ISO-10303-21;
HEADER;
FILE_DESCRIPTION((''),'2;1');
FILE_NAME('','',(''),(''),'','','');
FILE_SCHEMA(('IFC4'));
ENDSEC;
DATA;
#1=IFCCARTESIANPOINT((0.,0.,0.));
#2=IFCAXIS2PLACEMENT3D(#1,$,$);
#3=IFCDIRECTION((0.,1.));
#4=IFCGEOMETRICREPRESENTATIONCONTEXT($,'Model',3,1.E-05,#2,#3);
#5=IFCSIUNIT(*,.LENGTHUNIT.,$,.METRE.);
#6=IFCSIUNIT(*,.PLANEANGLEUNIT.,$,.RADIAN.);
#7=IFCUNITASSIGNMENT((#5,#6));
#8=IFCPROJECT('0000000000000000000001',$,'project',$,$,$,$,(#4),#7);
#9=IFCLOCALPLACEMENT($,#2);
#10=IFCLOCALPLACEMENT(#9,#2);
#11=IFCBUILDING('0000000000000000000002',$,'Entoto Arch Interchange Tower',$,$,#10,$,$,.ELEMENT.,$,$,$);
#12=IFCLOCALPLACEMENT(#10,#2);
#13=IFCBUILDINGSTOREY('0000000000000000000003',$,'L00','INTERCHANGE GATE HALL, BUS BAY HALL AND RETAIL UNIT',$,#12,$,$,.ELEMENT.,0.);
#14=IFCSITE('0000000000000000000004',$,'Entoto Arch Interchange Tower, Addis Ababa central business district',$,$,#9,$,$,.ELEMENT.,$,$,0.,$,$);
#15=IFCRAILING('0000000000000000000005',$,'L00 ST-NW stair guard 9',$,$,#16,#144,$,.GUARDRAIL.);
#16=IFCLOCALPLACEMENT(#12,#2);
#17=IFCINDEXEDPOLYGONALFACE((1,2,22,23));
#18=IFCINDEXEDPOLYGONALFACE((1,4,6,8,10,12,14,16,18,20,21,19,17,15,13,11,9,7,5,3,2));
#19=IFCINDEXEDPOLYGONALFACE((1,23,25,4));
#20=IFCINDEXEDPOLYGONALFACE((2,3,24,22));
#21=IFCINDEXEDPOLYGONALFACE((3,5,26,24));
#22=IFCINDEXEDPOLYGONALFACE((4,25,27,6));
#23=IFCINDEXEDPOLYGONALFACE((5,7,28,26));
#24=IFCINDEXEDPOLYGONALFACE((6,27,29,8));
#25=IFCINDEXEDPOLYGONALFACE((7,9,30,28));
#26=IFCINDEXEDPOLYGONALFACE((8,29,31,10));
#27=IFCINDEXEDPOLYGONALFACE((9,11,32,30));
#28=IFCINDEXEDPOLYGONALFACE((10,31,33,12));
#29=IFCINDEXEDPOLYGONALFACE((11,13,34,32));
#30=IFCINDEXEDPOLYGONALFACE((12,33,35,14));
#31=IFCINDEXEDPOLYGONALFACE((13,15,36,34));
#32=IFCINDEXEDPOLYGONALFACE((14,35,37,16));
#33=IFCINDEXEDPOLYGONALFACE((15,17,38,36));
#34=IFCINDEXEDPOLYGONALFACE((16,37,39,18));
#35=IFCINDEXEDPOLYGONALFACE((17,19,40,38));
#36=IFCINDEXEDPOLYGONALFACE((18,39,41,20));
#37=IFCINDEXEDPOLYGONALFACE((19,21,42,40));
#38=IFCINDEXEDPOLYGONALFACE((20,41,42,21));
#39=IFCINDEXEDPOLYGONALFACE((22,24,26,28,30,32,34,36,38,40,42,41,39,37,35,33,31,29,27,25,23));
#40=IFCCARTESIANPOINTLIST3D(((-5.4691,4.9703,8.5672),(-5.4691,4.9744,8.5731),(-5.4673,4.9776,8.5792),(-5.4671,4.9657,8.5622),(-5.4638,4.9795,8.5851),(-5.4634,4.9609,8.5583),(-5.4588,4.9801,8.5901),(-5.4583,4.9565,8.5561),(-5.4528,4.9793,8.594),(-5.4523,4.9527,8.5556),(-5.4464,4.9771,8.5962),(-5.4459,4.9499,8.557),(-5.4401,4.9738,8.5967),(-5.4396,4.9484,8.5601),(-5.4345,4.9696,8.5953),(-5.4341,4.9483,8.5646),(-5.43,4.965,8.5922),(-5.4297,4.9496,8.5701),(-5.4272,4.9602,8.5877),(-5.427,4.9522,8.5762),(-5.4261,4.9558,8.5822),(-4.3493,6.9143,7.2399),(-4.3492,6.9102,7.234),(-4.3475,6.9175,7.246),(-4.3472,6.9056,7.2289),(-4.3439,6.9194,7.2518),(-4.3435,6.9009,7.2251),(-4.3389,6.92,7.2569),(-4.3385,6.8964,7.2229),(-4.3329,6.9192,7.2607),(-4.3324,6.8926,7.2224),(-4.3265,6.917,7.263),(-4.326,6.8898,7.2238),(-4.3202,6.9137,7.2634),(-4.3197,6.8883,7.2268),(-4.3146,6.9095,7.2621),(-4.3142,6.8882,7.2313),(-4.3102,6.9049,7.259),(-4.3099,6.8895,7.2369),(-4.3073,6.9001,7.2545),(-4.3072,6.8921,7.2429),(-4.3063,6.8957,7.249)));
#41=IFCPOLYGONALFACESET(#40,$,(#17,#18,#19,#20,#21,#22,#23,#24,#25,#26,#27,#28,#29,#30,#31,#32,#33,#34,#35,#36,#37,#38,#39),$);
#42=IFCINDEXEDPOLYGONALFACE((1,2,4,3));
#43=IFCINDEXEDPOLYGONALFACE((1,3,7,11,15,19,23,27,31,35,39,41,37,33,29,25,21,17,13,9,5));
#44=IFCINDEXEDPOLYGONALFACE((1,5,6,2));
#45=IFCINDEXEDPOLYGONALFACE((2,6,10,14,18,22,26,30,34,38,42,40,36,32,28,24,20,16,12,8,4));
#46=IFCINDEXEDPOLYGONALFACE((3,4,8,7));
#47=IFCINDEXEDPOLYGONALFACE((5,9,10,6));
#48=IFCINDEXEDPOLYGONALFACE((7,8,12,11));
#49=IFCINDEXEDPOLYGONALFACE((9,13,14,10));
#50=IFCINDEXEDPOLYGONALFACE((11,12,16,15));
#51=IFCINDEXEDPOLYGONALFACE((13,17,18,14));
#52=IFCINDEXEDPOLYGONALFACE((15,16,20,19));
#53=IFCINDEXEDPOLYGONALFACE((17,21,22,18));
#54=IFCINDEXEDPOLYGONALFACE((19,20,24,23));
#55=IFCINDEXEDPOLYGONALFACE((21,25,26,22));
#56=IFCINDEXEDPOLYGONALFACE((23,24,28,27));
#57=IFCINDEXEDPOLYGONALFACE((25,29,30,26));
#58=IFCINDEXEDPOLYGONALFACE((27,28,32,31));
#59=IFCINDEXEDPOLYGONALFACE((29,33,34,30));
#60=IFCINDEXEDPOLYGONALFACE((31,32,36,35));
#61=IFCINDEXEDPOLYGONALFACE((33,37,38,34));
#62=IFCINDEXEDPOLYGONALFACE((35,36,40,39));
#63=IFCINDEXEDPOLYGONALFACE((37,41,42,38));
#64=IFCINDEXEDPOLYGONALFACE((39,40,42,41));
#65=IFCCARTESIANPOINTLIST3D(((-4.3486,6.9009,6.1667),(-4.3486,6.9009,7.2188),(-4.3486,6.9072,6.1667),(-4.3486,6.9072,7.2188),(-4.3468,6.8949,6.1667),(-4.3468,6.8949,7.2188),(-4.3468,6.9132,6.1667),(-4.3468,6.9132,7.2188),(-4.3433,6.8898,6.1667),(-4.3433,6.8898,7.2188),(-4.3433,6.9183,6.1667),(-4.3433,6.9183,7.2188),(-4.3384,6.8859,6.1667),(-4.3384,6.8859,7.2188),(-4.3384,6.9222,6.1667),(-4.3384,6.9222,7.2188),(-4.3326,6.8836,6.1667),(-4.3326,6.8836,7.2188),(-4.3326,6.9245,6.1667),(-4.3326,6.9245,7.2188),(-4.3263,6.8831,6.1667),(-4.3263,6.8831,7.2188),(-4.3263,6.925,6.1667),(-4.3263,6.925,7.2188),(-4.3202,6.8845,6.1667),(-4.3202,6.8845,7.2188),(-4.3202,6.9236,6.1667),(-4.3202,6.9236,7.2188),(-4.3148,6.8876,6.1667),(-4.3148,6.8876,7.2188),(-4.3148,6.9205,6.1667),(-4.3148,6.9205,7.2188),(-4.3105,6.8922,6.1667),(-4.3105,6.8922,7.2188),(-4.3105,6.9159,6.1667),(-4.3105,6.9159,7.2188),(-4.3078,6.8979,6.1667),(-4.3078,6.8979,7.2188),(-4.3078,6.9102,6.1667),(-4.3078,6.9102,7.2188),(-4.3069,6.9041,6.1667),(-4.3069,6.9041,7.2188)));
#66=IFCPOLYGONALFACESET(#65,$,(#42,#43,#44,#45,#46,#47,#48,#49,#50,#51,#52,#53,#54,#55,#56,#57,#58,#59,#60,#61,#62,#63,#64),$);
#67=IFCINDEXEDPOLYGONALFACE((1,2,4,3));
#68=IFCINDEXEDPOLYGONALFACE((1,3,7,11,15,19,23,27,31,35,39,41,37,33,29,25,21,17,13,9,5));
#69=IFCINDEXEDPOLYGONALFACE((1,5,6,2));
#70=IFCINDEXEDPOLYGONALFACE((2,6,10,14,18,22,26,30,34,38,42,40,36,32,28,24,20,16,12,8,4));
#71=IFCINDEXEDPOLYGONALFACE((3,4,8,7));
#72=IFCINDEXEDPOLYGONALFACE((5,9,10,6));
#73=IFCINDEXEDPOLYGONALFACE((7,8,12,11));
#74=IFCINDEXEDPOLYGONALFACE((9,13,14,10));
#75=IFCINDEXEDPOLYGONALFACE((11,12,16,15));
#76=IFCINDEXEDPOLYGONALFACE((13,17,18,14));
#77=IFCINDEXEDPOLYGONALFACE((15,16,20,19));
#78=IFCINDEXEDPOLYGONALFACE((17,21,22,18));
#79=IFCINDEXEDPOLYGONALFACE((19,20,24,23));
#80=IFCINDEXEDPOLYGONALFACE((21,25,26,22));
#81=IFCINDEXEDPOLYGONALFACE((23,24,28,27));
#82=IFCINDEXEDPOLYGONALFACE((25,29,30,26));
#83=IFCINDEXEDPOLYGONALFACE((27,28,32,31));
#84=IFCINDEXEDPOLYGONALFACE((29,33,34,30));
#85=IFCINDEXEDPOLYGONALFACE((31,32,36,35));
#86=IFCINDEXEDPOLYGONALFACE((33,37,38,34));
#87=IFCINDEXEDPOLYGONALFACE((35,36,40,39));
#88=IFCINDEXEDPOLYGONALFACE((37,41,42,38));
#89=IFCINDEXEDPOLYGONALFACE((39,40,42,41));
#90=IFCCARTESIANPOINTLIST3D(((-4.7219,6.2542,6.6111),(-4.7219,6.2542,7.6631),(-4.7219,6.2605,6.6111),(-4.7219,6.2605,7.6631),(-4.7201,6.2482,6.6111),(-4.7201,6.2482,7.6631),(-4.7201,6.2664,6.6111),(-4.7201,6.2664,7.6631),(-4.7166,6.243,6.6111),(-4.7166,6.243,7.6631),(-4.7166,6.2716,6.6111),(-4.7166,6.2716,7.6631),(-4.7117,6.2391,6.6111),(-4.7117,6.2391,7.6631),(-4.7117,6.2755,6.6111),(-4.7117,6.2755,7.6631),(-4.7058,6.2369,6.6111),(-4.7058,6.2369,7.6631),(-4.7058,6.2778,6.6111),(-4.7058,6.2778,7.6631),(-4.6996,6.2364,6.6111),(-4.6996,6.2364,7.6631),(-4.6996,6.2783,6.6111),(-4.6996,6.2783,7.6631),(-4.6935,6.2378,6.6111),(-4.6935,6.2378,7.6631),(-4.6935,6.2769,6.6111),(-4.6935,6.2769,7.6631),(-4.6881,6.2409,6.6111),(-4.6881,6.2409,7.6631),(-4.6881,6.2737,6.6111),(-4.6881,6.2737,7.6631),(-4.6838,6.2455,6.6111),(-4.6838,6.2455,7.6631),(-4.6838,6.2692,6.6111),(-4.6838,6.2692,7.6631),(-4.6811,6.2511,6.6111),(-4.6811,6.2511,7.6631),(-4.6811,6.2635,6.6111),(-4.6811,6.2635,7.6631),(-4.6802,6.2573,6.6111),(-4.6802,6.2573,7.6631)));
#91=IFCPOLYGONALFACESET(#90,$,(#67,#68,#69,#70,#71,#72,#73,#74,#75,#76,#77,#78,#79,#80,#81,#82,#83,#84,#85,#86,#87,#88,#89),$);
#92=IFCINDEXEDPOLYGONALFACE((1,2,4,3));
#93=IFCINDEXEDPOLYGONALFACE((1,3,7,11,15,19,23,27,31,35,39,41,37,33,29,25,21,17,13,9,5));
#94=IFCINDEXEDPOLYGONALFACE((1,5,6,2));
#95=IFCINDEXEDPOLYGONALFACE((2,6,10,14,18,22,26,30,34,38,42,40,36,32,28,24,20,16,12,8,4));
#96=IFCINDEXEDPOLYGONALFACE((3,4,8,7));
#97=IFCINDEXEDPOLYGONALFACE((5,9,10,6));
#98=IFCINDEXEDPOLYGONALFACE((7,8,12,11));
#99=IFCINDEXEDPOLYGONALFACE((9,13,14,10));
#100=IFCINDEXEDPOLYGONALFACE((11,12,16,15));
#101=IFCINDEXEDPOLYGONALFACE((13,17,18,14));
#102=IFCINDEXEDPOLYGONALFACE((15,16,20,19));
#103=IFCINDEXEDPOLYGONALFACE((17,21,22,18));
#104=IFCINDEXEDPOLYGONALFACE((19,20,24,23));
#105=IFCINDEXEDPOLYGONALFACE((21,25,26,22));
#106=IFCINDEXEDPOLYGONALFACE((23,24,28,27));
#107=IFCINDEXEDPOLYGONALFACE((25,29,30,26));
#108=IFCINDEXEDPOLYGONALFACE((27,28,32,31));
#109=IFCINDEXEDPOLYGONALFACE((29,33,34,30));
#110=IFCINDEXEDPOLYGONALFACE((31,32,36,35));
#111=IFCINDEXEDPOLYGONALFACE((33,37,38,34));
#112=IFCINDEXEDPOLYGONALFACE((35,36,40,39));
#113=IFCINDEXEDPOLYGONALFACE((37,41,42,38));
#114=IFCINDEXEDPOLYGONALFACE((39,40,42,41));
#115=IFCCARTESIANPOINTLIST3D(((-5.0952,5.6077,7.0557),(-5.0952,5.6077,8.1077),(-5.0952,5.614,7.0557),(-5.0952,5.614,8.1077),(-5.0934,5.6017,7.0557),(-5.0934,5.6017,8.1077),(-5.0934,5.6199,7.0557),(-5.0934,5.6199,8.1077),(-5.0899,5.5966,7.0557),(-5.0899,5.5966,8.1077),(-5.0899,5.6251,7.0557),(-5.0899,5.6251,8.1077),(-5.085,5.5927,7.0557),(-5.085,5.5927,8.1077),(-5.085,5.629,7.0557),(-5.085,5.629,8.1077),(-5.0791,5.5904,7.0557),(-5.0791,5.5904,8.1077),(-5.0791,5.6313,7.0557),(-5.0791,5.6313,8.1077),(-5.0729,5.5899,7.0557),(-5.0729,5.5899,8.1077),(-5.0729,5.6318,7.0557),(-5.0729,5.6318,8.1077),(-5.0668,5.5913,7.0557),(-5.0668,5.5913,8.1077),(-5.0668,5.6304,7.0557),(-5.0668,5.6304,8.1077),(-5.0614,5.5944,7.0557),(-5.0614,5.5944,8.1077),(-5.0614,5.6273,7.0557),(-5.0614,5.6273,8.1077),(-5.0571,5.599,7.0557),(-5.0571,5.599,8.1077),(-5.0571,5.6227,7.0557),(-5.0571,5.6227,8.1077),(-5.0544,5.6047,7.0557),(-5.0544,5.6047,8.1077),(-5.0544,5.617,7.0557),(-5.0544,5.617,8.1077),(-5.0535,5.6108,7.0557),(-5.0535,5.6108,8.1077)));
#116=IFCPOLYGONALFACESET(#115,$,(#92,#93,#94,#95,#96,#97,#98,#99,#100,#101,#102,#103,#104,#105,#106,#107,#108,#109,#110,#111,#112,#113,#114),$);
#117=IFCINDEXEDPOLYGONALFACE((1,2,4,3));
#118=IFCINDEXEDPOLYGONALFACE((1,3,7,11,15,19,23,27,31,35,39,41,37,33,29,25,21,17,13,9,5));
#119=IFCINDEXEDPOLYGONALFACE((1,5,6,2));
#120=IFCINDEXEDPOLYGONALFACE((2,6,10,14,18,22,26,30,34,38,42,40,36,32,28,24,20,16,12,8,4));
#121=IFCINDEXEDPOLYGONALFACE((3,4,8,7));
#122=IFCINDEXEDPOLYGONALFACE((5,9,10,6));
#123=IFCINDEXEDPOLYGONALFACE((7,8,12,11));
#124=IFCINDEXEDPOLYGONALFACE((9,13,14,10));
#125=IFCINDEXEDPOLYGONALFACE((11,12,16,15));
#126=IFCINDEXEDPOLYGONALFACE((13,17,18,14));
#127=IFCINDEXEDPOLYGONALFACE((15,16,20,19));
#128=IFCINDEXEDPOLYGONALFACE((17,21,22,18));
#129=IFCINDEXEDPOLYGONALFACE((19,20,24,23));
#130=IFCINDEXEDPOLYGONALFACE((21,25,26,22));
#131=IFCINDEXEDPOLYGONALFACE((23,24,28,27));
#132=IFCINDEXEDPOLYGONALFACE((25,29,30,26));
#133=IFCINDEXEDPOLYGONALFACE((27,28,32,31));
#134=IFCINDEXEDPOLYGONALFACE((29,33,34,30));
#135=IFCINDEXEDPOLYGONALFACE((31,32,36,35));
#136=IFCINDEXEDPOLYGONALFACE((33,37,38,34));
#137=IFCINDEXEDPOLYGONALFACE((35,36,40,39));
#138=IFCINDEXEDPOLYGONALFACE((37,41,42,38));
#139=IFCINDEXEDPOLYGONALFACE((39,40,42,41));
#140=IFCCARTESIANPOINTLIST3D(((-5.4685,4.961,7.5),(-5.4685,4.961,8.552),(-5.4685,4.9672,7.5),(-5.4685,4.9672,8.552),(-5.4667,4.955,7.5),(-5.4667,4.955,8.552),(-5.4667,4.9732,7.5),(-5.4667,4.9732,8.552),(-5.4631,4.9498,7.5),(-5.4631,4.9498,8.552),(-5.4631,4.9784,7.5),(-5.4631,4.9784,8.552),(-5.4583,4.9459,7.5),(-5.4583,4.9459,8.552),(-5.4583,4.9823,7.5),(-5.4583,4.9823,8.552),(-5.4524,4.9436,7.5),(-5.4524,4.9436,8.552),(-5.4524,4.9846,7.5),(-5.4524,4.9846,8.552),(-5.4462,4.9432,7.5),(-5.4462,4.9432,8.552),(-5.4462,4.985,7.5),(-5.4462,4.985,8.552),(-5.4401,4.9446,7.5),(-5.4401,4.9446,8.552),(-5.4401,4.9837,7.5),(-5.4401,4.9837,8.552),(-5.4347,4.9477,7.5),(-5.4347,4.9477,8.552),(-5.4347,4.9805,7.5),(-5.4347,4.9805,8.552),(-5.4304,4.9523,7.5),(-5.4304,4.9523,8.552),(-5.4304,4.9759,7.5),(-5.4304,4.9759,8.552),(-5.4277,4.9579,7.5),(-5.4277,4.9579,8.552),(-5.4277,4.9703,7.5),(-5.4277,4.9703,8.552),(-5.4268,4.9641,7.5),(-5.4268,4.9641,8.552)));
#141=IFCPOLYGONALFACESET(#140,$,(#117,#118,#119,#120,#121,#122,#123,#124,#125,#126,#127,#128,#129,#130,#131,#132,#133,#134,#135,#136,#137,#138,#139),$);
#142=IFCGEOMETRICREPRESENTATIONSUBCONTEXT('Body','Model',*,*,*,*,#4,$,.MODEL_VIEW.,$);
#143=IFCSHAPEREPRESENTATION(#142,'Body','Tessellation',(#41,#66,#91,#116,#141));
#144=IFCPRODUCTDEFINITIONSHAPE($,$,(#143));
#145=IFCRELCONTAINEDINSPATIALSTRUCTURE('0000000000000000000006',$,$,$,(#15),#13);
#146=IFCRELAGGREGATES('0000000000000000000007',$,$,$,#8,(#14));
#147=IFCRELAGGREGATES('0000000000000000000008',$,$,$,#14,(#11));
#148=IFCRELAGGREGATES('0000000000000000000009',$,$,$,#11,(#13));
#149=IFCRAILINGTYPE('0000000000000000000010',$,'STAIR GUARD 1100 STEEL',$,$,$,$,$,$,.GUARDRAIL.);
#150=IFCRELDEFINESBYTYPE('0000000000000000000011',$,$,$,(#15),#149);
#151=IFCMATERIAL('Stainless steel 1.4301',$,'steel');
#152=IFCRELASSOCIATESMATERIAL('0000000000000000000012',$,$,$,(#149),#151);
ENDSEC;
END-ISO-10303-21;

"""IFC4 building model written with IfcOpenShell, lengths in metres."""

from ifc_helpers import new_model, si_unit, direction, frame, origin, origin_2d, place, context, subcontext, project, spatial, circle, extrude, material, type_object, element, save


model = new_model("IFC4")

# Units and contexts
model_context = context("Model", 3, precision=1e-05, world=origin(), true_north=direction((0.0, 1.0)))
body_context = subcontext(model_context, "Body", "Model", "MODEL_VIEW")
ifc_project = project(units=[si_unit("LENGTHUNIT", "METRE"), si_unit("PLANEANGLEUNIT", "RADIAN")], contexts=[model_context])

# Site, building, storey
site_placement = place(None, origin())
site = spatial("IfcSite", under=ifc_project, at=site_placement, Name="Entoto Arch Interchange Tower, Addis Ababa central business district", CompositionType="ELEMENT", RefElevation=0.0)
building_placement = place(site_placement, origin())
building = spatial("IfcBuilding", under=site, at=building_placement, Name="Entoto Arch Interchange Tower", CompositionType="ELEMENT")
storey_placement = place(building_placement, origin())
storey = spatial("IfcBuildingStorey", under=building, at=storey_placement, Name="L00", Description="INTERCHANGE GATE HALL, BUS BAY HALL AND RETAIL UNIT", CompositionType="ELEMENT", Elevation=0.0)

# Railing
ifc_material_1 = material(Name="Stainless steel 1.4301", Category="steel")
railing_type_1 = type_object("IfcRailingType", Name="STAIR GUARD 1100 STEEL", PredefinedType="GUARDRAIL", material=ifc_material_1)
railing_1_placement = place(storey_placement, frame((-4.3279, 6.9041, 6.1667)))
element("IfcRailing", 1, at=railing_1_placement, inside=storey, type_object=railing_type_1, Name="L00 ST-NW stair guard 9", PredefinedType="GUARDRAIL", context=body_context, shape_type="SweptSolid", body=[
    extrude(circle(Radius=0.0239, at=origin_2d()), frame((0.0, 0.0, 1.0762), z_axis=(-0.429608, -0.744205, 0.511465), x_axis=(0.866055, -0.499949, 0.0)), (0.0, 0.0, 1.0), 2.6067),
    extrude(circle(Radius=0.021, at=origin_2d()), origin(), (0.0, 0.0, 1.0), 1.052),
    extrude(circle(Radius=0.021, at=origin_2d()), frame((-0.3733, -0.6467, 0.4443)), (0.0, 0.0, 1.0), 1.052),
    extrude(circle(Radius=0.021, at=origin_2d()), frame((-0.7466, -1.2932, 0.8889)), (0.0, 0.0, 1.0), 1.052),
    extrude(circle(Radius=0.021, at=origin_2d()), frame((-1.1199, -1.9399, 1.3333)), (0.0, 0.0, 1.0), 1.052),
])

save(model, "model.ifc")
